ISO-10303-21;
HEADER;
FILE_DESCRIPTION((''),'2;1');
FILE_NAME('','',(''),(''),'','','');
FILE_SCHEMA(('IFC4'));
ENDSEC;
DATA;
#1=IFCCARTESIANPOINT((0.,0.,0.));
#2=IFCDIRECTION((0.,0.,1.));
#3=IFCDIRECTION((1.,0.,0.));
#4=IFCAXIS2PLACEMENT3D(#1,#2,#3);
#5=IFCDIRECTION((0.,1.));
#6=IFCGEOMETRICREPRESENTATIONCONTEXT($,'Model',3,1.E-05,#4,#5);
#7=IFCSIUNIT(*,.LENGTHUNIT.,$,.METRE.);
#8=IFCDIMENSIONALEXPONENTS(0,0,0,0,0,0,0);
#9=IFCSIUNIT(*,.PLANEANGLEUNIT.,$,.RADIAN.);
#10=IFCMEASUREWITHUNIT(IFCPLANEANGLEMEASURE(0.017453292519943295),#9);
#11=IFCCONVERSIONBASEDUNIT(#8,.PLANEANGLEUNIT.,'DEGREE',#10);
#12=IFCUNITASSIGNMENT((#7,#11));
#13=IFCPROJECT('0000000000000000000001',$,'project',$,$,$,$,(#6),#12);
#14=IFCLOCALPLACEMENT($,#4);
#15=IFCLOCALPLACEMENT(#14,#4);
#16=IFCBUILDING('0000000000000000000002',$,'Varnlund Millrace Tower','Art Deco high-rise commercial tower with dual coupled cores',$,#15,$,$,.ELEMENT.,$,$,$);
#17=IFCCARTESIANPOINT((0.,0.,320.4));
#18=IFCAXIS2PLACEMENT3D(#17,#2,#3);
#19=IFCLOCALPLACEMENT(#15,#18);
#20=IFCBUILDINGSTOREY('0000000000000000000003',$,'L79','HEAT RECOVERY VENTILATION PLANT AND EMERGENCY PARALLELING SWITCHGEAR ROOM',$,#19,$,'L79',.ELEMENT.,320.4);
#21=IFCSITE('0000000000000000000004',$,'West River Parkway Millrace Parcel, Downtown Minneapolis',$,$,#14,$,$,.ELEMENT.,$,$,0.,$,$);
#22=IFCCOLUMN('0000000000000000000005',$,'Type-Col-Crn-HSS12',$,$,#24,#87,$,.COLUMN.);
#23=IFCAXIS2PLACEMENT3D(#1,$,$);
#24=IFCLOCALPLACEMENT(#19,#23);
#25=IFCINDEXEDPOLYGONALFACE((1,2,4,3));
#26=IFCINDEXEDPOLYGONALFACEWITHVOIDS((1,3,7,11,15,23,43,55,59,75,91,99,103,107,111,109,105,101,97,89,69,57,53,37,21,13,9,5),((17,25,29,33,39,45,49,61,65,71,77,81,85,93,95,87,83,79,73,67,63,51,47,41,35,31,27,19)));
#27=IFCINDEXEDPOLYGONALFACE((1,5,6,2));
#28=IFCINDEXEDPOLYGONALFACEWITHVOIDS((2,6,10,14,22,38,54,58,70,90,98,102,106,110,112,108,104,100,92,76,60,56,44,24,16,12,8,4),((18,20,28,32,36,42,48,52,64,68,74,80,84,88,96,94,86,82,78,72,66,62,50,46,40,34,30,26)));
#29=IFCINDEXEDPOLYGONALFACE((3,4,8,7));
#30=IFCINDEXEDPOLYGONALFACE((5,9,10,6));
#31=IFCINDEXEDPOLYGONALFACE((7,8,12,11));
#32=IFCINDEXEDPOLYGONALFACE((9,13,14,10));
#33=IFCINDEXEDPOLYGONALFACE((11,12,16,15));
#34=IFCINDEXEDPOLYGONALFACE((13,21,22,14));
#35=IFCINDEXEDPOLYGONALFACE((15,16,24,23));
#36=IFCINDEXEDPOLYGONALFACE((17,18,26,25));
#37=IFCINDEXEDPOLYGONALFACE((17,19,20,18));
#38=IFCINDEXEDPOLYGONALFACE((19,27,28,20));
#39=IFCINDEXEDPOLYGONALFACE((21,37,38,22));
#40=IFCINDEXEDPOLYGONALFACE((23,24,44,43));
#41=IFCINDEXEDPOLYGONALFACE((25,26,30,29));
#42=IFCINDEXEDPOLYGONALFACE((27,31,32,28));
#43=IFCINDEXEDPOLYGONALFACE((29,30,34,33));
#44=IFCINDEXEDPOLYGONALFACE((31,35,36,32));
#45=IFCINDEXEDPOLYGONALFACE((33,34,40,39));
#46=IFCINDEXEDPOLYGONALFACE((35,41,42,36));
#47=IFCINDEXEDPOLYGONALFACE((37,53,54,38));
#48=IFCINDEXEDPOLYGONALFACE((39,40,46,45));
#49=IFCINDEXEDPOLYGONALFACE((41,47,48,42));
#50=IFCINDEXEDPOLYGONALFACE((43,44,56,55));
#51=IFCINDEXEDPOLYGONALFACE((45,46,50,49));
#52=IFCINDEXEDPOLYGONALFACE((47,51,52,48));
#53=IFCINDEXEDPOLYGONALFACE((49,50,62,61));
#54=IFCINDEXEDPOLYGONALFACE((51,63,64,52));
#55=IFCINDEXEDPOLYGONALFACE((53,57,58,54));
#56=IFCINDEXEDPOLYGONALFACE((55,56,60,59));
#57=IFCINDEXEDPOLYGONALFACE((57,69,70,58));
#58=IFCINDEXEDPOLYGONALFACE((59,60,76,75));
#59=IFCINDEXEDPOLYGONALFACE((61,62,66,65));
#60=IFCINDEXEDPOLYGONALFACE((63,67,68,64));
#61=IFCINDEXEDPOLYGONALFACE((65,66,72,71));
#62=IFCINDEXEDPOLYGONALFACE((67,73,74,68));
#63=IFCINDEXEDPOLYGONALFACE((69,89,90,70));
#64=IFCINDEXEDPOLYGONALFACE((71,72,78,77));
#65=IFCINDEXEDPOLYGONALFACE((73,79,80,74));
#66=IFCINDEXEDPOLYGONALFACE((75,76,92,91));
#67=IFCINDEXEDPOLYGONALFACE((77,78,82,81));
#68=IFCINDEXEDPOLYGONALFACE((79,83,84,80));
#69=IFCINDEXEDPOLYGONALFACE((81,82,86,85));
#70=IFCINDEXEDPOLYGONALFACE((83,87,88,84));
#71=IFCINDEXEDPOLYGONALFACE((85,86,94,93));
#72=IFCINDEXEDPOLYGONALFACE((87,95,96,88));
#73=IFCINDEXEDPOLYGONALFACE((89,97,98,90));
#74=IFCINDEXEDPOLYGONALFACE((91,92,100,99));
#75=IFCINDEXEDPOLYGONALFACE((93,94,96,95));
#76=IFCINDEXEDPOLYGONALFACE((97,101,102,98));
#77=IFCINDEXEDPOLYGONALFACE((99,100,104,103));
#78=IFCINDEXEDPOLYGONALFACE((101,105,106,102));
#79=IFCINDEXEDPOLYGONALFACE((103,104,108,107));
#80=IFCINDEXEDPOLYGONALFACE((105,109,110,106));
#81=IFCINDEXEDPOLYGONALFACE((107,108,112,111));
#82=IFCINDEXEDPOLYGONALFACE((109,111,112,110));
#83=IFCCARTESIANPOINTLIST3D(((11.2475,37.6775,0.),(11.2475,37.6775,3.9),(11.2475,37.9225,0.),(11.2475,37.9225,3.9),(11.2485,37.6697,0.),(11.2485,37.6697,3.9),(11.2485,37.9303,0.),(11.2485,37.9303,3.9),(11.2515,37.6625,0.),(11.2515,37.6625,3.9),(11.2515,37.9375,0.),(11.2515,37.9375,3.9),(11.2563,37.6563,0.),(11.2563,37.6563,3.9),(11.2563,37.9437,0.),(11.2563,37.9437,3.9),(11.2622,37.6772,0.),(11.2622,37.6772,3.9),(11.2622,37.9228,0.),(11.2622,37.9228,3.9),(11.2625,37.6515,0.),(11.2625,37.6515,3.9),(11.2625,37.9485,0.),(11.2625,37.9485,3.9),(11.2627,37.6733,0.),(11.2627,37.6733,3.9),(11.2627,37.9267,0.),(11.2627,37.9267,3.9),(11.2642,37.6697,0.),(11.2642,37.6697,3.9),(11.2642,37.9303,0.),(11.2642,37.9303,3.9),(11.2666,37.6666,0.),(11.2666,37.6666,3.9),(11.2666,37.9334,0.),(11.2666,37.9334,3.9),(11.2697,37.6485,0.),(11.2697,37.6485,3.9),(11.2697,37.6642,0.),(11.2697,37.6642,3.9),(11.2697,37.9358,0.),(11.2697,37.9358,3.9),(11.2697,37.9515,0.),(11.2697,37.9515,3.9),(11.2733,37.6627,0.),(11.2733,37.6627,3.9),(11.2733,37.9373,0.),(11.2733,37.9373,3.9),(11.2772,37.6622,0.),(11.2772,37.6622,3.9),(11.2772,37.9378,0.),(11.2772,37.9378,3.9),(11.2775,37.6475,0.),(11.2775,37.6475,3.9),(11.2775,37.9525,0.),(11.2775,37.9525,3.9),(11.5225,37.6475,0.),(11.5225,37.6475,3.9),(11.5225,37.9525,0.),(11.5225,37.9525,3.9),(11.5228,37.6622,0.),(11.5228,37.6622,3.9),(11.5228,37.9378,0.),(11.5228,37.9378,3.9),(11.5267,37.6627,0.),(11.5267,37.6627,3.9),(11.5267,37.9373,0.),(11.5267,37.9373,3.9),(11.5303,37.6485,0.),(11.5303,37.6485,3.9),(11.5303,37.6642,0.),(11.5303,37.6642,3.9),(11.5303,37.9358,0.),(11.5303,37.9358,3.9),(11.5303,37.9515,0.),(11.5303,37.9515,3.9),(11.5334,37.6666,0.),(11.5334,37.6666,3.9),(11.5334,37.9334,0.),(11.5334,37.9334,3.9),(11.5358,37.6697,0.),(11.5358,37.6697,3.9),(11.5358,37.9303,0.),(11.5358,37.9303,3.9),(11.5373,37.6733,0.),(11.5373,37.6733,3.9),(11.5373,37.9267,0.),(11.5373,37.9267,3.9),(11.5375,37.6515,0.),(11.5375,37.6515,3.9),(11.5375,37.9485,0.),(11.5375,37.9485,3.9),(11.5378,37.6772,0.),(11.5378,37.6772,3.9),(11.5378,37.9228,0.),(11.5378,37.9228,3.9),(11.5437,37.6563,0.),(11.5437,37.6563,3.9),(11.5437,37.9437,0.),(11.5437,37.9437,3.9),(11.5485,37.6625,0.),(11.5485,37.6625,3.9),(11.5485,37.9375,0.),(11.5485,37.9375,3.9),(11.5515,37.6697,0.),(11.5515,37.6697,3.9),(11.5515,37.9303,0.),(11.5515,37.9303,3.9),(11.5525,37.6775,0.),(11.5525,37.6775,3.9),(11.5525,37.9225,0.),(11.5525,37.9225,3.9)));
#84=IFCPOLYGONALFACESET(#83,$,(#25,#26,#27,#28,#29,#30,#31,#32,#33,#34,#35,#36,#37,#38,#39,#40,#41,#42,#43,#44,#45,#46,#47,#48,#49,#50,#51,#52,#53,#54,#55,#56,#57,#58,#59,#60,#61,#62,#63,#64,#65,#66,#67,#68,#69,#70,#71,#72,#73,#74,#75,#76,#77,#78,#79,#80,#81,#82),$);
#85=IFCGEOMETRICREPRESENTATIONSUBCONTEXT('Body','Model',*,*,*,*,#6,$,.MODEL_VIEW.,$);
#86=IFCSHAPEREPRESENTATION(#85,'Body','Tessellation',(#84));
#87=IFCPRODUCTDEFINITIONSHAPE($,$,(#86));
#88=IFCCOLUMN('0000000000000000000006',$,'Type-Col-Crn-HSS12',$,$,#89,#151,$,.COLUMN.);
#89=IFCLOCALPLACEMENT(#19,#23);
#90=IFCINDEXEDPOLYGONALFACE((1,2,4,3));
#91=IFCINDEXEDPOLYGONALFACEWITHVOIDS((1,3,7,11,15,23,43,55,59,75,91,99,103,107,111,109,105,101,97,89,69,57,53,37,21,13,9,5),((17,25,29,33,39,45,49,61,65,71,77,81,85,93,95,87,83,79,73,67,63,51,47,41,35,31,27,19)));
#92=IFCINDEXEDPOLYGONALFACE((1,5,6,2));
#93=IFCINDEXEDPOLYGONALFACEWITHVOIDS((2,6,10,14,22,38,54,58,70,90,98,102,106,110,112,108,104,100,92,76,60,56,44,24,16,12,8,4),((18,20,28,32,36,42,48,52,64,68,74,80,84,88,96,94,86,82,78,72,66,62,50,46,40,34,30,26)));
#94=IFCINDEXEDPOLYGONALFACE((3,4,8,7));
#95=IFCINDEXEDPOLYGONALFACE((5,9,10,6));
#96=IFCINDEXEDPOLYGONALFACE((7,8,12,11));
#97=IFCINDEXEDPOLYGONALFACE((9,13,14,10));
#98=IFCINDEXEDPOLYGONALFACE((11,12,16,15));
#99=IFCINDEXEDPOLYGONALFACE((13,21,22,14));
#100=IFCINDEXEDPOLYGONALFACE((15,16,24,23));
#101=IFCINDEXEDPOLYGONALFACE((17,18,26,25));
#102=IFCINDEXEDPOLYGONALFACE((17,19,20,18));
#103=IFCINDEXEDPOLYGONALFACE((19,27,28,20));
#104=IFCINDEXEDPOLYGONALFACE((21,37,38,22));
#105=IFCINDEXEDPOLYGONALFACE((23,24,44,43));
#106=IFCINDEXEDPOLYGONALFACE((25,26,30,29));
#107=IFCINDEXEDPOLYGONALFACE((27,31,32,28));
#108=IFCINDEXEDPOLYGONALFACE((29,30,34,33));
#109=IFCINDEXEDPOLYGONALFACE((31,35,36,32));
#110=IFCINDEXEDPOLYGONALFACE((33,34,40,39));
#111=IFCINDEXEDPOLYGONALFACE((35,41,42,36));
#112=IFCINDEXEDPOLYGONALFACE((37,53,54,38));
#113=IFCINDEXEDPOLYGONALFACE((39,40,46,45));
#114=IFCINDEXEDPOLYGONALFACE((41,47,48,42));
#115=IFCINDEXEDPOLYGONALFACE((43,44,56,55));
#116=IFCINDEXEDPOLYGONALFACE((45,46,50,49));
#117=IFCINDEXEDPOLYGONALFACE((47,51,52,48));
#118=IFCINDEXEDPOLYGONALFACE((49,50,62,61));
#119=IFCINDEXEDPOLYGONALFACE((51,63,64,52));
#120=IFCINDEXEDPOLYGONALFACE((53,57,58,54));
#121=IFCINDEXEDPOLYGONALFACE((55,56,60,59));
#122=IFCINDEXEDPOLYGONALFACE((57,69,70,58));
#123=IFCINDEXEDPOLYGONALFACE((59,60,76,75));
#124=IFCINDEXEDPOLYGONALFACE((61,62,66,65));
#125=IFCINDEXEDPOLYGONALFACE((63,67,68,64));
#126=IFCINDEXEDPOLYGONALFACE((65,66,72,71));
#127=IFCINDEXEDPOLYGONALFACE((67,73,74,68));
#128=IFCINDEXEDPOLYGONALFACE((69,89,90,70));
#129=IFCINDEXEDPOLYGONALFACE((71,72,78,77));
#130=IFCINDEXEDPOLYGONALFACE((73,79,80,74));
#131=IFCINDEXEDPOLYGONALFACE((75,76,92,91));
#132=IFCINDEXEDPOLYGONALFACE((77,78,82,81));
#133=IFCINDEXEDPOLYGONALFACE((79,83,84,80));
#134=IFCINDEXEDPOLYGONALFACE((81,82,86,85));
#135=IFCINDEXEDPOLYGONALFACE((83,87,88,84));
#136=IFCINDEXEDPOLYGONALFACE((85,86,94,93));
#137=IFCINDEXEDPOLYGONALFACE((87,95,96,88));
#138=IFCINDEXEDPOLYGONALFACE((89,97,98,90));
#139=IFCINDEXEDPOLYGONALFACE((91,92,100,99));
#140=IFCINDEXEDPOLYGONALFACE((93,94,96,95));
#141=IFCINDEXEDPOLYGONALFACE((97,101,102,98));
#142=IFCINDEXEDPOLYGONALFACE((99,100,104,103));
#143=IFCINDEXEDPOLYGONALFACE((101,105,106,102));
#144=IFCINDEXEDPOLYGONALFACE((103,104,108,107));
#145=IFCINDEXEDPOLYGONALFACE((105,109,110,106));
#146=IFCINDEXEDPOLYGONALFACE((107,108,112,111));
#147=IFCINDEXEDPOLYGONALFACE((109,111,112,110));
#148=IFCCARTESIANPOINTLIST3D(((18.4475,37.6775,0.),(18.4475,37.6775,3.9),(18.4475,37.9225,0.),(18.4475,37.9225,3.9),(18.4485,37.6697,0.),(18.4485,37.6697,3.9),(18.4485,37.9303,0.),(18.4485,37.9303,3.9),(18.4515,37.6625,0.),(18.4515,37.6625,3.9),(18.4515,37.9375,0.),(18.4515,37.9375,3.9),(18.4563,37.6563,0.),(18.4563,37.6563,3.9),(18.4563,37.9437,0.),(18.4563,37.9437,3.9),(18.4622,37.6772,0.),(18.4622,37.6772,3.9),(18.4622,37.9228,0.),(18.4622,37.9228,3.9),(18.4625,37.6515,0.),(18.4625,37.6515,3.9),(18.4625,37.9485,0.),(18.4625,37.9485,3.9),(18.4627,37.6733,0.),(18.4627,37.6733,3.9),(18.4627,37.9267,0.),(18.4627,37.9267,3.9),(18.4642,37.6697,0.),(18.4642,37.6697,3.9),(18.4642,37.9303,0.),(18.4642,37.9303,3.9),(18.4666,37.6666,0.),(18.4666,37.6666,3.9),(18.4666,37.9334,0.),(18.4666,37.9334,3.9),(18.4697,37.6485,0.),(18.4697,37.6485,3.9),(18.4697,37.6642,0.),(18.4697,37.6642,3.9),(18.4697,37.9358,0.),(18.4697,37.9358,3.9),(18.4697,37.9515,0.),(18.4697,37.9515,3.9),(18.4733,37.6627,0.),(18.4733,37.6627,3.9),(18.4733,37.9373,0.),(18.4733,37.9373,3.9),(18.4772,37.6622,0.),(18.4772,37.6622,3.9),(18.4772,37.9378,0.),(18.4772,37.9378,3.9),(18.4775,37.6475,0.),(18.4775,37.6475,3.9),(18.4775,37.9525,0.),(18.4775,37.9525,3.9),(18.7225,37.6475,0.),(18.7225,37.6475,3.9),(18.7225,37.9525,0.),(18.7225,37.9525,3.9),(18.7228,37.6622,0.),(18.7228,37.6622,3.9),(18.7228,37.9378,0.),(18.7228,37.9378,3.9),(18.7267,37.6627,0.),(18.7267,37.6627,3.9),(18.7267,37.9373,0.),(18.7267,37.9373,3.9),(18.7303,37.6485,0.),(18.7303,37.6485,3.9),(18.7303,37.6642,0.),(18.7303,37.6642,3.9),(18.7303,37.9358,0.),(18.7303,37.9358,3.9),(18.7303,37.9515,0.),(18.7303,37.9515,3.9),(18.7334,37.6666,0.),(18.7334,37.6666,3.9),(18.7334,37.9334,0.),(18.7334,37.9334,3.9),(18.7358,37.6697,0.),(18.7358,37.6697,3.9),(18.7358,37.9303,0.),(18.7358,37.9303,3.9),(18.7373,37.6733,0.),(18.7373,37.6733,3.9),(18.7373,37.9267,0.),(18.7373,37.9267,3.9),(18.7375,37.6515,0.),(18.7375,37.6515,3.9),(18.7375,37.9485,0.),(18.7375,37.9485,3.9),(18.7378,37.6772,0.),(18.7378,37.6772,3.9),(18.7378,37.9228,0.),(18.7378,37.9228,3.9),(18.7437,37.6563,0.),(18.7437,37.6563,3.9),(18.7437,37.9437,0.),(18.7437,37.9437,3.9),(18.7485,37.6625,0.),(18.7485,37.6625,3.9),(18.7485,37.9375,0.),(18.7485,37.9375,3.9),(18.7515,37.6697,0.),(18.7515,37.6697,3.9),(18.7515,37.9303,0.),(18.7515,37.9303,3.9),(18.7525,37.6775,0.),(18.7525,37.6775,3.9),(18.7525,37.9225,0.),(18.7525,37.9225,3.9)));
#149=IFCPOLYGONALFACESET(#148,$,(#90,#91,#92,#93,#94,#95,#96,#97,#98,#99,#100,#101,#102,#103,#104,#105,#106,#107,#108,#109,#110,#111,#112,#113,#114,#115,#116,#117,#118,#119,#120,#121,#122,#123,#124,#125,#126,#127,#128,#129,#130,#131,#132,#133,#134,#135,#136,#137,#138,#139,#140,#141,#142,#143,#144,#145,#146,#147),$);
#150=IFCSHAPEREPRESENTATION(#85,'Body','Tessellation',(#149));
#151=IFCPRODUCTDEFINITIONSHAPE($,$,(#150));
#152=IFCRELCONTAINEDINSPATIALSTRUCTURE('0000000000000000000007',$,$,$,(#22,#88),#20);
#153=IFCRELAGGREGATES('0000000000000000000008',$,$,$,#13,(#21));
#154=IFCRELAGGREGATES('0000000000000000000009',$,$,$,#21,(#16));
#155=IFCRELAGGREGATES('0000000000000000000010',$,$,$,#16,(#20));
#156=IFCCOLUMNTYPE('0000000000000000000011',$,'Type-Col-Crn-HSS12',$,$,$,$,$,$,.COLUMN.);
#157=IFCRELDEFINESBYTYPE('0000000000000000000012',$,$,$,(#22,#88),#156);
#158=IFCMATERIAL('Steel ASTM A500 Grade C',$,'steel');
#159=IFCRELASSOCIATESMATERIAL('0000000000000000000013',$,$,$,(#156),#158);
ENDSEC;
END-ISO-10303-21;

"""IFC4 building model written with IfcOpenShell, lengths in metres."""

from ifc_helpers import new_model, entity, si_unit, converted_unit, direction, frame, origin_with_axes, origin_2d_with_axis, place, context, subcontext, project, spatial, hollow_rectangle, extrude, material, material_profile, profile_set, type_object, element, save


model = new_model("IFC4")

# Units and contexts
model_context = context("Model", 3, precision=1e-05, world=origin_with_axes(), true_north=direction((0.0, 1.0)))
body_context = subcontext(model_context, "Body", "Model", "MODEL_VIEW")
ifc_project = project(units=[si_unit("LENGTHUNIT", "METRE"), converted_unit("PLANEANGLEUNIT", "DEGREE", entity("IfcPlaneAngleMeasure", 0.017453292519943295), si_unit("PLANEANGLEUNIT", "RADIAN"), dimensions=[0, 0, 0, 0, 0, 0, 0])], contexts=[model_context])

# Site, building, storey
site_placement = place(None, origin_with_axes())
site = spatial("IfcSite", under=ifc_project, at=site_placement, Name="West River Parkway Millrace Parcel, Downtown Minneapolis", CompositionType="ELEMENT", RefElevation=0.0)
building_placement = place(site_placement, origin_with_axes())
building = spatial("IfcBuilding", under=site, at=building_placement, Name="Varnlund Millrace Tower", Description="Art Deco high-rise commercial tower with dual coupled cores", CompositionType="ELEMENT")
storey_placement = place(building_placement, frame((0.0, 0.0, 320.4), z_axis=(0.0, 0.0, 1.0), x_axis=(1.0, 0.0, 0.0)))
storey = spatial("IfcBuildingStorey", under=building, at=storey_placement, Name="L79", Description="HEAT RECOVERY VENTILATION PLANT AND EMERGENCY PARALLELING SWITCHGEAR ROOM", LongName="L79", CompositionType="ELEMENT", Elevation=320.4)

# Columns
ifc_material_1 = material(Name="Steel ASTM A500 Grade C", Category="steel")
ifc_material_profile_1 = material_profile(ifc_material_1, hollow_rectangle(XDim=0.305, YDim=0.305, WallThickness=0.0147, InnerFilletRadius=0.015, OuterFilletRadius=0.03, at=origin_2d_with_axis()), Name="Steel ASTM A500 Grade C")
ifc_profile_set_1 = profile_set([ifc_material_profile_1], Name="Steel ASTM A500 Grade C")
column_type = type_object("IfcColumnType", Name="Type-Col-Crn-HSS12", PredefinedType="COLUMN", material=ifc_profile_set_1)
for number, where, z_axis, x_axis, name in (
    (1, (11.4, 37.8, 0.0), (0.0, 0.0, 1.0), (1.0, 0.0, 0.0), "Type-Col-Crn-HSS12"),
    (2, (18.6, 37.8, 0.0), (0.0, 0.0, 1.0), (1.0, 0.0, 0.0), "Type-Col-Crn-HSS12"),
):
    element("IfcColumn", number, at=place(storey_placement, frame(where, z_axis=z_axis, x_axis=x_axis)), inside=storey, type_object=column_type, Name=name, PredefinedType="COLUMN", context=body_context, shape_type="SweptSolid", body=[
        extrude(hollow_rectangle(XDim=0.305, YDim=0.305, WallThickness=0.0147, InnerFilletRadius=0.015, OuterFilletRadius=0.03, at=origin_2d_with_axis()), origin_with_axes(), (0.0, 0.0, 1.0), 3.9),
    ])

save(model, "model.ifc")
